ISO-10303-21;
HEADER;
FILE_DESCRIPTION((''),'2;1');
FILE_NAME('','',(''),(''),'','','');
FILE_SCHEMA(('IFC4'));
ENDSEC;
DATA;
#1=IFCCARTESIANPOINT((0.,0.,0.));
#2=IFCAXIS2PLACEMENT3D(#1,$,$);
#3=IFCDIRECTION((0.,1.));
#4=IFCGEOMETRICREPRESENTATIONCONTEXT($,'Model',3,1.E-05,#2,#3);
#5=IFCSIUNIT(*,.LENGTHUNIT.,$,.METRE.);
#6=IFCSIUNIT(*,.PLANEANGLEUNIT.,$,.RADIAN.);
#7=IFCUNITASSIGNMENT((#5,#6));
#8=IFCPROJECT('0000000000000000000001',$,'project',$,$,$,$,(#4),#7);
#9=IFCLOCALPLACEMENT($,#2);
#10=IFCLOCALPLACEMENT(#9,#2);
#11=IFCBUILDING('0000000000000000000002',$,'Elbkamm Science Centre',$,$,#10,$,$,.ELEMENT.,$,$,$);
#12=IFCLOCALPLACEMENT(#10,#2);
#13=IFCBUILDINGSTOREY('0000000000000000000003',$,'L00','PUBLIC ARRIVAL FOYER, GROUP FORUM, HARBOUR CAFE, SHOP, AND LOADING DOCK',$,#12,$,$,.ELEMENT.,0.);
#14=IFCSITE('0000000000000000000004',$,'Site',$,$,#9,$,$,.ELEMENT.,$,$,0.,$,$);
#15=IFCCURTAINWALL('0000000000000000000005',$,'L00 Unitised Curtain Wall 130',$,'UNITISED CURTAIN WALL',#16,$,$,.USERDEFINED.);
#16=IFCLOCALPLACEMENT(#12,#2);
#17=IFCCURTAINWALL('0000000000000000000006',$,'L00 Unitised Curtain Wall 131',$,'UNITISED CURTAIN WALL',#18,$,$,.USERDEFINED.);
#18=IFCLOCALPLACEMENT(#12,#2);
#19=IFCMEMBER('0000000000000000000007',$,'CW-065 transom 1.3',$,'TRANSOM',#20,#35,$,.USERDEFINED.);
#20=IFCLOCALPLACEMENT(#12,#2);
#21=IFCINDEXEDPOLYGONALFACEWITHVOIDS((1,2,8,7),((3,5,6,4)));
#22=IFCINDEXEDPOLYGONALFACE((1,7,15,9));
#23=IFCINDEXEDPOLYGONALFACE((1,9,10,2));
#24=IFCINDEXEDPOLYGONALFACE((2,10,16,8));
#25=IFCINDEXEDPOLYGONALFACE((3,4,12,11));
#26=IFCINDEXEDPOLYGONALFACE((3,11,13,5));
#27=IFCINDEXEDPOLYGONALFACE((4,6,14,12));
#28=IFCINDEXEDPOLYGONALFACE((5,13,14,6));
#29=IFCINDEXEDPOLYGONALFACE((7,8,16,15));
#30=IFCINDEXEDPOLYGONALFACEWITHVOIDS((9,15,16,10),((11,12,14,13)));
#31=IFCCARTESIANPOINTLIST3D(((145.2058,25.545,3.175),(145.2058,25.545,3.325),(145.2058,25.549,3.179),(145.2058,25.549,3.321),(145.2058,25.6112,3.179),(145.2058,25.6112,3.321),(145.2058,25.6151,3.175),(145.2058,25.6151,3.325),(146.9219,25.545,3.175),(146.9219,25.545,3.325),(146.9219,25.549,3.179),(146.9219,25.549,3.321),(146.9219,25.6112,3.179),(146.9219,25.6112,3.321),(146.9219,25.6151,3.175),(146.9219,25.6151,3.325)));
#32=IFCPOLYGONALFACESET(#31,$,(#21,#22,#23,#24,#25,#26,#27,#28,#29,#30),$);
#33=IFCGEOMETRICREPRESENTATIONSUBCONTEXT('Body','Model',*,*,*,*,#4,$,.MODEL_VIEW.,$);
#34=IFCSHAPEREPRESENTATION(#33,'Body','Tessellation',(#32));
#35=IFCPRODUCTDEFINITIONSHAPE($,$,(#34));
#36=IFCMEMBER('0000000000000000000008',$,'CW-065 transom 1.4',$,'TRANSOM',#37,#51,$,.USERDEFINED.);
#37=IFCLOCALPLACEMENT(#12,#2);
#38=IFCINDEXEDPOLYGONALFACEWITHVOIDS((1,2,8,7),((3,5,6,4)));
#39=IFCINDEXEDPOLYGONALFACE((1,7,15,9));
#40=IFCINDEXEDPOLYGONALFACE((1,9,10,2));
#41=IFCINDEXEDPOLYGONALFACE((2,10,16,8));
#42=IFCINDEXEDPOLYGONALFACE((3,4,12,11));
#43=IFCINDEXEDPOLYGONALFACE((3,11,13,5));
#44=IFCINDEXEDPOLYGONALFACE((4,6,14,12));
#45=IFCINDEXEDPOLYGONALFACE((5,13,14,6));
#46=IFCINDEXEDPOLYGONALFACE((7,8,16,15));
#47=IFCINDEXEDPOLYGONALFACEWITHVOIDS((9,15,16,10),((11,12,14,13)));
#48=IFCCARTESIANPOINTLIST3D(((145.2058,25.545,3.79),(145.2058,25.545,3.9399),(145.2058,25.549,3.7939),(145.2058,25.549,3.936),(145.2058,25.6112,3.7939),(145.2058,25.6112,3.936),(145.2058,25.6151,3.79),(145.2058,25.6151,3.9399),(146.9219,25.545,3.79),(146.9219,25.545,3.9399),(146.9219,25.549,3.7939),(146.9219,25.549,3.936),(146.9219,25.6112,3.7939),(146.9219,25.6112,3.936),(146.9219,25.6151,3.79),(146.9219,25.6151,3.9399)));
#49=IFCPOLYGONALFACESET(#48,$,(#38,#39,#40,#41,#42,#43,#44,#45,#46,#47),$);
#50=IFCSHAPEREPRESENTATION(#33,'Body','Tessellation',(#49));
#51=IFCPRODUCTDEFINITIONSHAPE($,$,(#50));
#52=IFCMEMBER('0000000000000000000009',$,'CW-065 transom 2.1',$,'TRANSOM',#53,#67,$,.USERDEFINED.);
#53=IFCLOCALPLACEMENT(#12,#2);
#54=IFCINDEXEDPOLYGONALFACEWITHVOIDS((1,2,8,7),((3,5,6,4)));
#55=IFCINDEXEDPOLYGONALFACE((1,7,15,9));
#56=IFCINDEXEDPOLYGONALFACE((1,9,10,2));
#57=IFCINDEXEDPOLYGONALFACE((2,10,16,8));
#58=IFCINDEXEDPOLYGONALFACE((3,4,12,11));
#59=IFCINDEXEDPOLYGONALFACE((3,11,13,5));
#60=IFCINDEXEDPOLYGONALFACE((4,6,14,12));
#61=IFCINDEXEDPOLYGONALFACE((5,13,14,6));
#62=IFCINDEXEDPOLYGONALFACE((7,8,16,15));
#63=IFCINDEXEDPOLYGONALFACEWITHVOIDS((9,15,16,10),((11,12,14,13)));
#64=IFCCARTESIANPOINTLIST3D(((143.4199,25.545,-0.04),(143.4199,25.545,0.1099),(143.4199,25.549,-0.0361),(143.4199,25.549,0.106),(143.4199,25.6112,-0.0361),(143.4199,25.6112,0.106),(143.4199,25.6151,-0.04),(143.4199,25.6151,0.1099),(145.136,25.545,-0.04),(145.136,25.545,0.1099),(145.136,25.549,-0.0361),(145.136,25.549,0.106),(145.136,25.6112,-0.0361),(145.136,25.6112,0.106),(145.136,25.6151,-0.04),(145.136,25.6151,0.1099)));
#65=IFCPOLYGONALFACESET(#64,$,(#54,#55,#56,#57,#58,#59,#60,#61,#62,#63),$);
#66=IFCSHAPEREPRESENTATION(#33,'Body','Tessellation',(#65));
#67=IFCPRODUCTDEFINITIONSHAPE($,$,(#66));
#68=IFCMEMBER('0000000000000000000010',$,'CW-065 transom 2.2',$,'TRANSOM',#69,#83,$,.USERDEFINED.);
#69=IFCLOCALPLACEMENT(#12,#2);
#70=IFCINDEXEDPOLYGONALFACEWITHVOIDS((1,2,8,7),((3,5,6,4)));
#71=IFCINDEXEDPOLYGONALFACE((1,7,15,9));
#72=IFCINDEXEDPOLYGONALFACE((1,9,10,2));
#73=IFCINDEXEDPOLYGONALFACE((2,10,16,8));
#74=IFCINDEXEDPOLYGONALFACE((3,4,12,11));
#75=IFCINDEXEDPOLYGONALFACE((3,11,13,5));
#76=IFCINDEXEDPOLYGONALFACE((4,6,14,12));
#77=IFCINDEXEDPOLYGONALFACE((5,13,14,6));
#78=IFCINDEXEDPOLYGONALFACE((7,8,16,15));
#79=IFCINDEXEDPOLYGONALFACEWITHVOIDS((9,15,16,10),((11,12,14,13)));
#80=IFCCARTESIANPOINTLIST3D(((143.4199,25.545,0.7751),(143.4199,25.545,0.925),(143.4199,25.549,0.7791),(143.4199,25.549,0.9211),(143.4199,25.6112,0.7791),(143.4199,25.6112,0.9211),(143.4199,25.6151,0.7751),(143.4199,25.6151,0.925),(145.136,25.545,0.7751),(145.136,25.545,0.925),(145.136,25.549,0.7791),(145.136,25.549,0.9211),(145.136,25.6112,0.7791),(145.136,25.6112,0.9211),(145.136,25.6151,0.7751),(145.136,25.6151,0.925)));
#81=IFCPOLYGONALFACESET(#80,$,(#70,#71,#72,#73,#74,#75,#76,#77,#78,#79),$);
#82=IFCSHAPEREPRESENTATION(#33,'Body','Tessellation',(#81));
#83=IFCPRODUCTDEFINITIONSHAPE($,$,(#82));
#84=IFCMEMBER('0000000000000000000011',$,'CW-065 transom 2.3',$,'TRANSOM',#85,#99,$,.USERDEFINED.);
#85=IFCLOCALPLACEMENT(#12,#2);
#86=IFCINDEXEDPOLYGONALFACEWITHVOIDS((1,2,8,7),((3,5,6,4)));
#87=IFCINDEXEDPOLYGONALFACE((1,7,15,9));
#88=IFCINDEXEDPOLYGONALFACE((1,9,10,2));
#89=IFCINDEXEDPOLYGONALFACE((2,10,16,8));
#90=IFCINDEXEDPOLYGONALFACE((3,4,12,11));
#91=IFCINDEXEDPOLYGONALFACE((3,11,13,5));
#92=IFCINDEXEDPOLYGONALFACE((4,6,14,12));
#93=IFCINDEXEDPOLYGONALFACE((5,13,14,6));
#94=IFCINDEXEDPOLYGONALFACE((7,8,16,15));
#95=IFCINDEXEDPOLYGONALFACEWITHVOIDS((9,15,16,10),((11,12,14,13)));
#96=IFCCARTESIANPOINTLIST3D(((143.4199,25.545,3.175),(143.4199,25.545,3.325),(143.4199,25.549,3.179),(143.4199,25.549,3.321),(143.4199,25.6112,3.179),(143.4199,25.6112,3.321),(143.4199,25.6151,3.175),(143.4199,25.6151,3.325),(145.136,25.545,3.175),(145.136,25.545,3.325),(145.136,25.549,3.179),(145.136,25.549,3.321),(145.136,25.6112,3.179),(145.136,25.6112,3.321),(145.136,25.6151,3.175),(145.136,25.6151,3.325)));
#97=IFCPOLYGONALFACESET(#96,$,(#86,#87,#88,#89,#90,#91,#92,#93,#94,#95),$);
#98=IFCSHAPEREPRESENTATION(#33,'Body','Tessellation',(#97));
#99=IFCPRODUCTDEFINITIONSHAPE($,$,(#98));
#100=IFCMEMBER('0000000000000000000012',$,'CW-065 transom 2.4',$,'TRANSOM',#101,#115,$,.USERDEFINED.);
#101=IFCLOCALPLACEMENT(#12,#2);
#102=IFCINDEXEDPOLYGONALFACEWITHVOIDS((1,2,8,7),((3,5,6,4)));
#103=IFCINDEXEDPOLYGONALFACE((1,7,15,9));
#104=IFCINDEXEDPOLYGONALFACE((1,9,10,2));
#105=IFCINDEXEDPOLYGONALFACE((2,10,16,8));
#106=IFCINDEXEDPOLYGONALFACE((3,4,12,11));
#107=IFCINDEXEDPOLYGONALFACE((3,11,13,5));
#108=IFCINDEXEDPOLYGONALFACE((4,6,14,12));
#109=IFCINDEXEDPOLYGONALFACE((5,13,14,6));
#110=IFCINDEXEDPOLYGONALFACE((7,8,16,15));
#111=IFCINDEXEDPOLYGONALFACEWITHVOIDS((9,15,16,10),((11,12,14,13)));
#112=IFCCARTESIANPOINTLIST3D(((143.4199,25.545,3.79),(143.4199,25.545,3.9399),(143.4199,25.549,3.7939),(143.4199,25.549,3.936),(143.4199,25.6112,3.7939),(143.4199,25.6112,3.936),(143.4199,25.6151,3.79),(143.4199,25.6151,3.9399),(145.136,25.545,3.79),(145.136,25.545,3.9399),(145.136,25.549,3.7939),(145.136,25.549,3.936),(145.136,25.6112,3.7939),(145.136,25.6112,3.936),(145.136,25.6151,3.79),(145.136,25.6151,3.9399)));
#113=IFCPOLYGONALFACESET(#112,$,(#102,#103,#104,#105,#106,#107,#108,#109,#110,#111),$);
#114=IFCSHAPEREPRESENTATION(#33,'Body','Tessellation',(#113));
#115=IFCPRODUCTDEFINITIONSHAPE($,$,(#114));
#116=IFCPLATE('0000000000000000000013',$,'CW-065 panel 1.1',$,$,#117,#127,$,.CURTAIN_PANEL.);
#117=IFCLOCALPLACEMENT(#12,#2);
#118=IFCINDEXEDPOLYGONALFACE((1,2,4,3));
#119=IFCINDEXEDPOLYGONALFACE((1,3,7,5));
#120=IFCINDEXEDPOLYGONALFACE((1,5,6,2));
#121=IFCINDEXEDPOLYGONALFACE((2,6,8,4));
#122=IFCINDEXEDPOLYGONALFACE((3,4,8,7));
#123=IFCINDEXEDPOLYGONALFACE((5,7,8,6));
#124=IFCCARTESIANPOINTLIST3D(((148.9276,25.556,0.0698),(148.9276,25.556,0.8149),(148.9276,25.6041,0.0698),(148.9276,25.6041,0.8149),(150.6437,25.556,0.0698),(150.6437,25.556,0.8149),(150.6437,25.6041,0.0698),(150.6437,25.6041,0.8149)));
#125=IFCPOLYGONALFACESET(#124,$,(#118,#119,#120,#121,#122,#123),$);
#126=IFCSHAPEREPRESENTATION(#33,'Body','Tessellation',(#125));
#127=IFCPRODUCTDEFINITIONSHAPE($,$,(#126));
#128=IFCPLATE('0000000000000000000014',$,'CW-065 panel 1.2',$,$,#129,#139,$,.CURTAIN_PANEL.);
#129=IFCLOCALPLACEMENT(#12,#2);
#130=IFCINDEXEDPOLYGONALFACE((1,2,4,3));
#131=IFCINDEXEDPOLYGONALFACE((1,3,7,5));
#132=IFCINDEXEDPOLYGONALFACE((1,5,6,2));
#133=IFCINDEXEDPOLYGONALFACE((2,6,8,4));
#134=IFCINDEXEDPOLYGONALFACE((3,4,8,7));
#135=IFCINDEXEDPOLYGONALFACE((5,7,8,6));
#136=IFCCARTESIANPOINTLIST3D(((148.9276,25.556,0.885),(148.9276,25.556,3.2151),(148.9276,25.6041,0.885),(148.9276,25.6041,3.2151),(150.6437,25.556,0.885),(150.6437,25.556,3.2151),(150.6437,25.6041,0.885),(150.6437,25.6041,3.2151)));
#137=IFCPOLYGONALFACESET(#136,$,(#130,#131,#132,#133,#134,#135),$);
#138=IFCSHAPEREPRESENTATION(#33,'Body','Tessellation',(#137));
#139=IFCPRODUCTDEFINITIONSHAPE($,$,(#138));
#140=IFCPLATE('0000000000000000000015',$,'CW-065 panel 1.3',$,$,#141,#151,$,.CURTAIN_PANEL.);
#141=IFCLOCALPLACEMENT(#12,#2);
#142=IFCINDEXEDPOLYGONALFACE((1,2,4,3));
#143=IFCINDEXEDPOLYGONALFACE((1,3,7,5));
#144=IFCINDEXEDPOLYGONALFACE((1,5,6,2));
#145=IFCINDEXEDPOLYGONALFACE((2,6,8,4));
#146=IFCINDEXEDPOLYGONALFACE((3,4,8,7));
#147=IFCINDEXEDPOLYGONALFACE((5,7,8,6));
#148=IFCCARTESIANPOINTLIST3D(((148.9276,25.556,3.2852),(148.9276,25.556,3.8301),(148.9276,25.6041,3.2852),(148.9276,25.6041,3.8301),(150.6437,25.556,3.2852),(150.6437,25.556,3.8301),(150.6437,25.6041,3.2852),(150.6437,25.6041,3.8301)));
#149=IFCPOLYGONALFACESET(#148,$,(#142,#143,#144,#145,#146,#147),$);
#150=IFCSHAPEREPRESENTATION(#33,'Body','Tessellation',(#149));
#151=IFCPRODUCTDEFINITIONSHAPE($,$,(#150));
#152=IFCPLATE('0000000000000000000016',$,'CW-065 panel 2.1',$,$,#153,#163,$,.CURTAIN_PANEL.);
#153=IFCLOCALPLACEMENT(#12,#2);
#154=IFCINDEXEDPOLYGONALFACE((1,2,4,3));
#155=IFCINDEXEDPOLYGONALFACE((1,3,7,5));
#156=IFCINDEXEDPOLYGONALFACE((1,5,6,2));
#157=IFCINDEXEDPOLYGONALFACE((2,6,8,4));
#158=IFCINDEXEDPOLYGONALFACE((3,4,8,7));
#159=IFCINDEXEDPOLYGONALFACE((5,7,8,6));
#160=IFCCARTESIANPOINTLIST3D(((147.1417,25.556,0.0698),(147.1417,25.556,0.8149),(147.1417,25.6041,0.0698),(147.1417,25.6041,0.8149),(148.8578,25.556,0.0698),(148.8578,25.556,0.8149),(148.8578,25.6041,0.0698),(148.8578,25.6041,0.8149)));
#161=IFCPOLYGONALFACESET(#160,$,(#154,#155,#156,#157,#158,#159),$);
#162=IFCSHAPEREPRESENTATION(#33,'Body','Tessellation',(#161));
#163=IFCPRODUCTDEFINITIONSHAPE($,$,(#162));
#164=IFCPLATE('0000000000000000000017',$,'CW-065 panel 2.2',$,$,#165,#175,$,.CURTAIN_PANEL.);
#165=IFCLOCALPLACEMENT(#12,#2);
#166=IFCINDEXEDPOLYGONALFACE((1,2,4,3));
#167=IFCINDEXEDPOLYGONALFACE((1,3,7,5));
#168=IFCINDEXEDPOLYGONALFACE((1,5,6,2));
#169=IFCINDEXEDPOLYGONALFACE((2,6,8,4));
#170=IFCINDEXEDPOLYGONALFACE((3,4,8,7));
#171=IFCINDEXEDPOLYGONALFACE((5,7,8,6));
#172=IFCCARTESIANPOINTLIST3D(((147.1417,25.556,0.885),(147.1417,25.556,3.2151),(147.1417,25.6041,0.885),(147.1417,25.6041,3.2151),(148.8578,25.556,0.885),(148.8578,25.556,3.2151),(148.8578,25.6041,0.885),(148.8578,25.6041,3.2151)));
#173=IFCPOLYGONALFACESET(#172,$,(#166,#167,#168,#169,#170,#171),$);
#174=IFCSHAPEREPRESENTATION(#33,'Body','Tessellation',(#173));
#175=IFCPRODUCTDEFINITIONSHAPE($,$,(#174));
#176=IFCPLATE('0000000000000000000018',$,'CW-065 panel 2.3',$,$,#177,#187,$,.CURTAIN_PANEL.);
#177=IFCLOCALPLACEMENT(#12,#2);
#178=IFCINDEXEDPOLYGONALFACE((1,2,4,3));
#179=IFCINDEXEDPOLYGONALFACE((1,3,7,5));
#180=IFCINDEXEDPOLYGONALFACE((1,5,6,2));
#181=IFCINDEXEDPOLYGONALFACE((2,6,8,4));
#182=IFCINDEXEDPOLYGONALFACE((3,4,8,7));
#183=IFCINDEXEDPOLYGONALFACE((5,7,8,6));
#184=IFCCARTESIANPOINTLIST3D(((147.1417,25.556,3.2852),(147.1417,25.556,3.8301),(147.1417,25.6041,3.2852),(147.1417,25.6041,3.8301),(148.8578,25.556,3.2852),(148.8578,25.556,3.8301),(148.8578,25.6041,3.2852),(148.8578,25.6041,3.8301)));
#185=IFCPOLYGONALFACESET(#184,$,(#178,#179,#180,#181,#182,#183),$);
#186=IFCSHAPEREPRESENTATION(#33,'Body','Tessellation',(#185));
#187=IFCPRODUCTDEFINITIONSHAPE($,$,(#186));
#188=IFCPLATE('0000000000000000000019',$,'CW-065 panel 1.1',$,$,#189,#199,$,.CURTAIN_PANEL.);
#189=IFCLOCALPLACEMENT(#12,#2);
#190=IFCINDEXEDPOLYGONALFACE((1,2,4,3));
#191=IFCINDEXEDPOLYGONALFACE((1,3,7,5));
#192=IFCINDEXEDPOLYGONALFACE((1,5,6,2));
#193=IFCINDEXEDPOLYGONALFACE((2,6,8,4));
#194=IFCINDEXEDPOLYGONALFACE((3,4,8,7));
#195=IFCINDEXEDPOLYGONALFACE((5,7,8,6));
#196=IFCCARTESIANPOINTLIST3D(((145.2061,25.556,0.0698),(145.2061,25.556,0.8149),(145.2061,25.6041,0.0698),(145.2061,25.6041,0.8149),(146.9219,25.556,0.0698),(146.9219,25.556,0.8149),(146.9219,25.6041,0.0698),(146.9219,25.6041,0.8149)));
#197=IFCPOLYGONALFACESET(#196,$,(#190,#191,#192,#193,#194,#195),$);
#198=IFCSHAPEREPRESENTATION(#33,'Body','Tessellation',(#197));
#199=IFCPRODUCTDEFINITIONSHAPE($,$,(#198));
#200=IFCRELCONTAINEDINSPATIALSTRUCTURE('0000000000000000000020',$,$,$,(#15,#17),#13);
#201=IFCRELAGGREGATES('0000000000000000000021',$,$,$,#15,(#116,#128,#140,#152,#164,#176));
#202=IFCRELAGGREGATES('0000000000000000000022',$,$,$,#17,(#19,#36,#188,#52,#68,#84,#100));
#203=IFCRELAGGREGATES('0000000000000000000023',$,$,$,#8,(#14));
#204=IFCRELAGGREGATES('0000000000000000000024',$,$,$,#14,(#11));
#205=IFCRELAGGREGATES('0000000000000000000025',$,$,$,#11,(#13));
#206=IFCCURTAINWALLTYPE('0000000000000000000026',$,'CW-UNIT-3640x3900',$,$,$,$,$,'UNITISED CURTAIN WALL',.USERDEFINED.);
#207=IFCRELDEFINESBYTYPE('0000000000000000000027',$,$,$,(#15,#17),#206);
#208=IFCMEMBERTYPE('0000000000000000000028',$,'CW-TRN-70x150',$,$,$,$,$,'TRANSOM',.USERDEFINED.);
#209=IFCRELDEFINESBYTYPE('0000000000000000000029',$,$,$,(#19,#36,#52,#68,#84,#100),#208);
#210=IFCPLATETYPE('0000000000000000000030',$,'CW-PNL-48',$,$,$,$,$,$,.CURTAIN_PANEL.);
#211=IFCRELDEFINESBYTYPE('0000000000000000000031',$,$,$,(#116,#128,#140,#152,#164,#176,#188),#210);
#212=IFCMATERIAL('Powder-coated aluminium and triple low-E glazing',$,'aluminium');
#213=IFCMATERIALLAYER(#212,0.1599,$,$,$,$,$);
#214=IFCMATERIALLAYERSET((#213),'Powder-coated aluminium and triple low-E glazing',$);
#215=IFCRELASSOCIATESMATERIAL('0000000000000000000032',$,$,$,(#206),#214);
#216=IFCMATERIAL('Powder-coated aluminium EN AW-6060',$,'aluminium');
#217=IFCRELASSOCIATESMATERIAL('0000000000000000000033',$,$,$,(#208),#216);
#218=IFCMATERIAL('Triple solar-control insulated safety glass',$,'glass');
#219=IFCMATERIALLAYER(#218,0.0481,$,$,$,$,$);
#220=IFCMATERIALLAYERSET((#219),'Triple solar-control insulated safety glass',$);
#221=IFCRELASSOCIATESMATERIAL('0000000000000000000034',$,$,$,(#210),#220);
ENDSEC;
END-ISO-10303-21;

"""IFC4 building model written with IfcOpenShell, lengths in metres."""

from ifc_helpers import new_model, si_unit, direction, frame, origin, origin_2d, place, context, subcontext, project, spatial, rectangle, hollow_rectangle, extrude, material, layer, layer_set, material_profile, profile_set, type_object, element, aggregate, save


model = new_model("IFC4")

# Units and contexts
model_context = context("Model", 3, precision=1e-05, world=origin(), true_north=direction((0.0, 1.0)))
body_context = subcontext(model_context, "Body", "Model", "MODEL_VIEW")
ifc_project = project(units=[si_unit("LENGTHUNIT", "METRE"), si_unit("PLANEANGLEUNIT", "RADIAN")], contexts=[model_context])

# Site, building, storey
site_placement = place(None, origin())
site = spatial("IfcSite", under=ifc_project, at=site_placement, Name="Site", CompositionType="ELEMENT", RefElevation=0.0)
building_placement = place(site_placement, origin())
building = spatial("IfcBuilding", under=site, at=building_placement, Name="Elbkamm Science Centre", CompositionType="ELEMENT")
storey_placement = place(building_placement, origin())
storey = spatial("IfcBuildingStorey", under=building, at=storey_placement, Name="L00", Description="PUBLIC ARRIVAL FOYER, GROUP FORUM, HARBOUR CAFE, SHOP, AND LOADING DOCK", CompositionType="ELEMENT", Elevation=0.0)

# Curtain walls
ifc_material_1 = material(Name="Powder-coated aluminium and triple low-E glazing", Category="aluminium")
ifc_layer_1 = layer(ifc_material_1, 0.1599)
ifc_layer_set_1 = layer_set([ifc_layer_1], Name="Powder-coated aluminium and triple low-E glazing")
curtain_wall_type = type_object("IfcCurtainWallType", Name="CW-UNIT-3640x3900", ElementType="UNITISED CURTAIN WALL", PredefinedType="USERDEFINED", material=ifc_layer_set_1)
curtain_wall_1_placement = place(storey_placement, origin())
curtain_wall_1 = element("IfcCurtainWall", 1, at=curtain_wall_1_placement, inside=storey, type_object=curtain_wall_type, Name="L00 Unitised Curtain Wall 130", ObjectType="UNITISED CURTAIN WALL", PredefinedType="USERDEFINED")
ifc_material_2 = material(Name="Powder-coated aluminium EN AW-6060", Category="aluminium")
curtain_wall_2_placement = place(storey_placement, origin())
curtain_wall_2 = element("IfcCurtainWall", 2, at=curtain_wall_2_placement, inside=storey, type_object=curtain_wall_type, Name="L00 Unitised Curtain Wall 131", ObjectType="UNITISED CURTAIN WALL", PredefinedType="USERDEFINED")

# Members
ifc_material_profile_1 = material_profile(ifc_material_2, hollow_rectangle(XDim=0.0701, YDim=0.1499, WallThickness=0.0039, at=origin_2d()), Name="ALU T70x150")
ifc_profile_set_1 = profile_set([ifc_material_profile_1], Name="Powder-coated aluminium EN AW-6060")
member_type_1 = type_object("IfcMemberType", Name="CW-TRN-70x150", ElementType="TRANSOM", PredefinedType="USERDEFINED", material=ifc_profile_set_1)
member_1_placement = place(storey_placement, frame((146.9219, 25.5801, 3.25), z_axis=(-1.0, 0.0, 0.0), x_axis=(0.0, -1.0, 0.0)))
member_1 = element("IfcMember", 3, at=member_1_placement, type_object=member_type_1, Name="CW-065 transom 1.3", ObjectType="TRANSOM", PredefinedType="USERDEFINED", context=body_context, shape_type="SweptSolid", body=[
    extrude(hollow_rectangle(XDim=0.0701, YDim=0.1499, WallThickness=0.0039, at=origin_2d()), origin(), (0.0, 0.0, 1.0), 1.7161),
])
member_2_placement = place(storey_placement, frame((146.9219, 25.5801, 3.865), z_axis=(-1.0, 0.0, 0.0), x_axis=(0.0, -1.0, 0.0)))
member_2 = element("IfcMember", 4, at=member_2_placement, type_object=member_type_1, Name="CW-065 transom 1.4", ObjectType="TRANSOM", PredefinedType="USERDEFINED", context=body_context, shape_type="SweptSolid", body=[
    extrude(hollow_rectangle(XDim=0.0701, YDim=0.1499, WallThickness=0.0039, at=origin_2d()), origin(), (0.0, 0.0, 1.0), 1.7161),
])
member_3_placement = place(storey_placement, frame((145.136, 25.5801, 0.0349), z_axis=(-1.0, 0.0, 0.0), x_axis=(0.0, -1.0, 0.0)))
member_3 = element("IfcMember", 5, at=member_3_placement, type_object=member_type_1, Name="CW-065 transom 2.1", ObjectType="TRANSOM", PredefinedType="USERDEFINED", context=body_context, shape_type="SweptSolid", body=[
    extrude(hollow_rectangle(XDim=0.0701, YDim=0.1499, WallThickness=0.0039, at=origin_2d()), origin(), (0.0, 0.0, 1.0), 1.7161),
])
member_4_placement = place(storey_placement, frame((145.136, 25.5801, 0.8501), z_axis=(-1.0, 0.0, 0.0), x_axis=(0.0, -1.0, 0.0)))
member_4 = element("IfcMember", 6, at=member_4_placement, type_object=member_type_1, Name="CW-065 transom 2.2", ObjectType="TRANSOM", PredefinedType="USERDEFINED", context=body_context, shape_type="SweptSolid", body=[
    extrude(hollow_rectangle(XDim=0.0701, YDim=0.1499, WallThickness=0.0039, at=origin_2d()), origin(), (0.0, 0.0, 1.0), 1.7161),
])
member_5_placement = place(storey_placement, frame((145.136, 25.5801, 3.25), z_axis=(-1.0, 0.0, 0.0), x_axis=(0.0, -1.0, 0.0)))
member_5 = element("IfcMember", 7, at=member_5_placement, type_object=member_type_1, Name="CW-065 transom 2.3", ObjectType="TRANSOM", PredefinedType="USERDEFINED", context=body_context, shape_type="SweptSolid", body=[
    extrude(hollow_rectangle(XDim=0.0701, YDim=0.1499, WallThickness=0.0039, at=origin_2d()), origin(), (0.0, 0.0, 1.0), 1.7161),
])
member_6_placement = place(storey_placement, frame((145.136, 25.5801, 3.865), z_axis=(-1.0, 0.0, 0.0), x_axis=(0.0, -1.0, 0.0)))
member_6 = element("IfcMember", 8, at=member_6_placement, type_object=member_type_1, Name="CW-065 transom 2.4", ObjectType="TRANSOM", PredefinedType="USERDEFINED", context=body_context, shape_type="SweptSolid", body=[
    extrude(hollow_rectangle(XDim=0.0701, YDim=0.1499, WallThickness=0.0039, at=origin_2d()), origin(), (0.0, 0.0, 1.0), 1.7161),
])

# Plates
ifc_material_3 = material(Name="Triple solar-control insulated safety glass", Category="glass")
ifc_layer_2 = layer(ifc_material_3, 0.0481)
ifc_layer_set_2 = layer_set([ifc_layer_2], Name="Triple solar-control insulated safety glass")
plate_type = type_object("IfcPlateType", Name="CW-PNL-48", PredefinedType="CURTAIN_PANEL", material=ifc_layer_set_2)
plate_1_placement = place(storey_placement, frame((149.7856, 25.5801, 0.0698), z_axis=(0.0, 0.0, 1.0), x_axis=(-1.0, 0.0, 0.0)))
plate_1 = element("IfcPlate", 9, at=plate_1_placement, type_object=plate_type, Name="CW-065 panel 1.1", PredefinedType="CURTAIN_PANEL", context=body_context, shape_type="SweptSolid", body=[
    extrude(rectangle(XDim=1.7161, YDim=0.0481, at=origin_2d()), origin(), (0.0, 0.0, 1.0), 0.7451),
])
plate_2_placement = place(storey_placement, frame((149.7856, 25.5801, 0.885), z_axis=(0.0, 0.0, 1.0), x_axis=(-1.0, 0.0, 0.0)))
plate_2 = element("IfcPlate", 10, at=plate_2_placement, type_object=plate_type, Name="CW-065 panel 1.2", PredefinedType="CURTAIN_PANEL", context=body_context, shape_type="SweptSolid", body=[
    extrude(rectangle(XDim=1.7161, YDim=0.0481, at=origin_2d()), origin(), (0.0, 0.0, 1.0), 2.3301),
])
plate_3_placement = place(storey_placement, frame((149.7856, 25.5801, 3.2852), z_axis=(0.0, 0.0, 1.0), x_axis=(-1.0, 0.0, 0.0)))
plate_3 = element("IfcPlate", 11, at=plate_3_placement, type_object=plate_type, Name="CW-065 panel 1.3", PredefinedType="CURTAIN_PANEL", context=body_context, shape_type="SweptSolid", body=[
    extrude(rectangle(XDim=1.7161, YDim=0.0481, at=origin_2d()), origin(), (0.0, 0.0, 1.0), 0.5449),
])
plate_4_placement = place(storey_placement, frame((147.9998, 25.5801, 0.0698), z_axis=(0.0, 0.0, 1.0), x_axis=(-1.0, 0.0, 0.0)))
plate_4 = element("IfcPlate", 12, at=plate_4_placement, type_object=plate_type, Name="CW-065 panel 2.1", PredefinedType="CURTAIN_PANEL", context=body_context, shape_type="SweptSolid", body=[
    extrude(rectangle(XDim=1.7161, YDim=0.0481, at=origin_2d()), origin(), (0.0, 0.0, 1.0), 0.7451),
])
plate_5_placement = place(storey_placement, frame((147.9998, 25.5801, 0.885), z_axis=(0.0, 0.0, 1.0), x_axis=(-1.0, 0.0, 0.0)))
plate_5 = element("IfcPlate", 13, at=plate_5_placement, type_object=plate_type, Name="CW-065 panel 2.2", PredefinedType="CURTAIN_PANEL", context=body_context, shape_type="SweptSolid", body=[
    extrude(rectangle(XDim=1.7161, YDim=0.0481, at=origin_2d()), origin(), (0.0, 0.0, 1.0), 2.3301),
])
plate_6_placement = place(storey_placement, frame((147.9998, 25.5801, 3.2852), z_axis=(0.0, 0.0, 1.0), x_axis=(-1.0, 0.0, 0.0)))
plate_6 = element("IfcPlate", 14, at=plate_6_placement, type_object=plate_type, Name="CW-065 panel 2.3", PredefinedType="CURTAIN_PANEL", context=body_context, shape_type="SweptSolid", body=[
    extrude(rectangle(XDim=1.7161, YDim=0.0481, at=origin_2d()), origin(), (0.0, 0.0, 1.0), 0.5449),
])
aggregate(curtain_wall_1, [plate_1, plate_2, plate_3, plate_4, plate_5, plate_6])
plate_7_placement = place(storey_placement, frame((146.064, 25.5801, 0.0698), z_axis=(0.0, 0.0, 1.0), x_axis=(-1.0, 0.0, 0.0)))
plate_7 = element("IfcPlate", 15, at=plate_7_placement, type_object=plate_type, Name="CW-065 panel 1.1", PredefinedType="CURTAIN_PANEL", context=body_context, shape_type="SweptSolid", body=[
    extrude(rectangle(XDim=1.7158, YDim=0.0481, at=origin_2d()), origin(), (0.0, 0.0, 1.0), 0.7451),
])
aggregate(curtain_wall_2, [member_1, member_2, plate_7, member_3, member_4, member_5, member_6])

save(model, "model.ifc")
